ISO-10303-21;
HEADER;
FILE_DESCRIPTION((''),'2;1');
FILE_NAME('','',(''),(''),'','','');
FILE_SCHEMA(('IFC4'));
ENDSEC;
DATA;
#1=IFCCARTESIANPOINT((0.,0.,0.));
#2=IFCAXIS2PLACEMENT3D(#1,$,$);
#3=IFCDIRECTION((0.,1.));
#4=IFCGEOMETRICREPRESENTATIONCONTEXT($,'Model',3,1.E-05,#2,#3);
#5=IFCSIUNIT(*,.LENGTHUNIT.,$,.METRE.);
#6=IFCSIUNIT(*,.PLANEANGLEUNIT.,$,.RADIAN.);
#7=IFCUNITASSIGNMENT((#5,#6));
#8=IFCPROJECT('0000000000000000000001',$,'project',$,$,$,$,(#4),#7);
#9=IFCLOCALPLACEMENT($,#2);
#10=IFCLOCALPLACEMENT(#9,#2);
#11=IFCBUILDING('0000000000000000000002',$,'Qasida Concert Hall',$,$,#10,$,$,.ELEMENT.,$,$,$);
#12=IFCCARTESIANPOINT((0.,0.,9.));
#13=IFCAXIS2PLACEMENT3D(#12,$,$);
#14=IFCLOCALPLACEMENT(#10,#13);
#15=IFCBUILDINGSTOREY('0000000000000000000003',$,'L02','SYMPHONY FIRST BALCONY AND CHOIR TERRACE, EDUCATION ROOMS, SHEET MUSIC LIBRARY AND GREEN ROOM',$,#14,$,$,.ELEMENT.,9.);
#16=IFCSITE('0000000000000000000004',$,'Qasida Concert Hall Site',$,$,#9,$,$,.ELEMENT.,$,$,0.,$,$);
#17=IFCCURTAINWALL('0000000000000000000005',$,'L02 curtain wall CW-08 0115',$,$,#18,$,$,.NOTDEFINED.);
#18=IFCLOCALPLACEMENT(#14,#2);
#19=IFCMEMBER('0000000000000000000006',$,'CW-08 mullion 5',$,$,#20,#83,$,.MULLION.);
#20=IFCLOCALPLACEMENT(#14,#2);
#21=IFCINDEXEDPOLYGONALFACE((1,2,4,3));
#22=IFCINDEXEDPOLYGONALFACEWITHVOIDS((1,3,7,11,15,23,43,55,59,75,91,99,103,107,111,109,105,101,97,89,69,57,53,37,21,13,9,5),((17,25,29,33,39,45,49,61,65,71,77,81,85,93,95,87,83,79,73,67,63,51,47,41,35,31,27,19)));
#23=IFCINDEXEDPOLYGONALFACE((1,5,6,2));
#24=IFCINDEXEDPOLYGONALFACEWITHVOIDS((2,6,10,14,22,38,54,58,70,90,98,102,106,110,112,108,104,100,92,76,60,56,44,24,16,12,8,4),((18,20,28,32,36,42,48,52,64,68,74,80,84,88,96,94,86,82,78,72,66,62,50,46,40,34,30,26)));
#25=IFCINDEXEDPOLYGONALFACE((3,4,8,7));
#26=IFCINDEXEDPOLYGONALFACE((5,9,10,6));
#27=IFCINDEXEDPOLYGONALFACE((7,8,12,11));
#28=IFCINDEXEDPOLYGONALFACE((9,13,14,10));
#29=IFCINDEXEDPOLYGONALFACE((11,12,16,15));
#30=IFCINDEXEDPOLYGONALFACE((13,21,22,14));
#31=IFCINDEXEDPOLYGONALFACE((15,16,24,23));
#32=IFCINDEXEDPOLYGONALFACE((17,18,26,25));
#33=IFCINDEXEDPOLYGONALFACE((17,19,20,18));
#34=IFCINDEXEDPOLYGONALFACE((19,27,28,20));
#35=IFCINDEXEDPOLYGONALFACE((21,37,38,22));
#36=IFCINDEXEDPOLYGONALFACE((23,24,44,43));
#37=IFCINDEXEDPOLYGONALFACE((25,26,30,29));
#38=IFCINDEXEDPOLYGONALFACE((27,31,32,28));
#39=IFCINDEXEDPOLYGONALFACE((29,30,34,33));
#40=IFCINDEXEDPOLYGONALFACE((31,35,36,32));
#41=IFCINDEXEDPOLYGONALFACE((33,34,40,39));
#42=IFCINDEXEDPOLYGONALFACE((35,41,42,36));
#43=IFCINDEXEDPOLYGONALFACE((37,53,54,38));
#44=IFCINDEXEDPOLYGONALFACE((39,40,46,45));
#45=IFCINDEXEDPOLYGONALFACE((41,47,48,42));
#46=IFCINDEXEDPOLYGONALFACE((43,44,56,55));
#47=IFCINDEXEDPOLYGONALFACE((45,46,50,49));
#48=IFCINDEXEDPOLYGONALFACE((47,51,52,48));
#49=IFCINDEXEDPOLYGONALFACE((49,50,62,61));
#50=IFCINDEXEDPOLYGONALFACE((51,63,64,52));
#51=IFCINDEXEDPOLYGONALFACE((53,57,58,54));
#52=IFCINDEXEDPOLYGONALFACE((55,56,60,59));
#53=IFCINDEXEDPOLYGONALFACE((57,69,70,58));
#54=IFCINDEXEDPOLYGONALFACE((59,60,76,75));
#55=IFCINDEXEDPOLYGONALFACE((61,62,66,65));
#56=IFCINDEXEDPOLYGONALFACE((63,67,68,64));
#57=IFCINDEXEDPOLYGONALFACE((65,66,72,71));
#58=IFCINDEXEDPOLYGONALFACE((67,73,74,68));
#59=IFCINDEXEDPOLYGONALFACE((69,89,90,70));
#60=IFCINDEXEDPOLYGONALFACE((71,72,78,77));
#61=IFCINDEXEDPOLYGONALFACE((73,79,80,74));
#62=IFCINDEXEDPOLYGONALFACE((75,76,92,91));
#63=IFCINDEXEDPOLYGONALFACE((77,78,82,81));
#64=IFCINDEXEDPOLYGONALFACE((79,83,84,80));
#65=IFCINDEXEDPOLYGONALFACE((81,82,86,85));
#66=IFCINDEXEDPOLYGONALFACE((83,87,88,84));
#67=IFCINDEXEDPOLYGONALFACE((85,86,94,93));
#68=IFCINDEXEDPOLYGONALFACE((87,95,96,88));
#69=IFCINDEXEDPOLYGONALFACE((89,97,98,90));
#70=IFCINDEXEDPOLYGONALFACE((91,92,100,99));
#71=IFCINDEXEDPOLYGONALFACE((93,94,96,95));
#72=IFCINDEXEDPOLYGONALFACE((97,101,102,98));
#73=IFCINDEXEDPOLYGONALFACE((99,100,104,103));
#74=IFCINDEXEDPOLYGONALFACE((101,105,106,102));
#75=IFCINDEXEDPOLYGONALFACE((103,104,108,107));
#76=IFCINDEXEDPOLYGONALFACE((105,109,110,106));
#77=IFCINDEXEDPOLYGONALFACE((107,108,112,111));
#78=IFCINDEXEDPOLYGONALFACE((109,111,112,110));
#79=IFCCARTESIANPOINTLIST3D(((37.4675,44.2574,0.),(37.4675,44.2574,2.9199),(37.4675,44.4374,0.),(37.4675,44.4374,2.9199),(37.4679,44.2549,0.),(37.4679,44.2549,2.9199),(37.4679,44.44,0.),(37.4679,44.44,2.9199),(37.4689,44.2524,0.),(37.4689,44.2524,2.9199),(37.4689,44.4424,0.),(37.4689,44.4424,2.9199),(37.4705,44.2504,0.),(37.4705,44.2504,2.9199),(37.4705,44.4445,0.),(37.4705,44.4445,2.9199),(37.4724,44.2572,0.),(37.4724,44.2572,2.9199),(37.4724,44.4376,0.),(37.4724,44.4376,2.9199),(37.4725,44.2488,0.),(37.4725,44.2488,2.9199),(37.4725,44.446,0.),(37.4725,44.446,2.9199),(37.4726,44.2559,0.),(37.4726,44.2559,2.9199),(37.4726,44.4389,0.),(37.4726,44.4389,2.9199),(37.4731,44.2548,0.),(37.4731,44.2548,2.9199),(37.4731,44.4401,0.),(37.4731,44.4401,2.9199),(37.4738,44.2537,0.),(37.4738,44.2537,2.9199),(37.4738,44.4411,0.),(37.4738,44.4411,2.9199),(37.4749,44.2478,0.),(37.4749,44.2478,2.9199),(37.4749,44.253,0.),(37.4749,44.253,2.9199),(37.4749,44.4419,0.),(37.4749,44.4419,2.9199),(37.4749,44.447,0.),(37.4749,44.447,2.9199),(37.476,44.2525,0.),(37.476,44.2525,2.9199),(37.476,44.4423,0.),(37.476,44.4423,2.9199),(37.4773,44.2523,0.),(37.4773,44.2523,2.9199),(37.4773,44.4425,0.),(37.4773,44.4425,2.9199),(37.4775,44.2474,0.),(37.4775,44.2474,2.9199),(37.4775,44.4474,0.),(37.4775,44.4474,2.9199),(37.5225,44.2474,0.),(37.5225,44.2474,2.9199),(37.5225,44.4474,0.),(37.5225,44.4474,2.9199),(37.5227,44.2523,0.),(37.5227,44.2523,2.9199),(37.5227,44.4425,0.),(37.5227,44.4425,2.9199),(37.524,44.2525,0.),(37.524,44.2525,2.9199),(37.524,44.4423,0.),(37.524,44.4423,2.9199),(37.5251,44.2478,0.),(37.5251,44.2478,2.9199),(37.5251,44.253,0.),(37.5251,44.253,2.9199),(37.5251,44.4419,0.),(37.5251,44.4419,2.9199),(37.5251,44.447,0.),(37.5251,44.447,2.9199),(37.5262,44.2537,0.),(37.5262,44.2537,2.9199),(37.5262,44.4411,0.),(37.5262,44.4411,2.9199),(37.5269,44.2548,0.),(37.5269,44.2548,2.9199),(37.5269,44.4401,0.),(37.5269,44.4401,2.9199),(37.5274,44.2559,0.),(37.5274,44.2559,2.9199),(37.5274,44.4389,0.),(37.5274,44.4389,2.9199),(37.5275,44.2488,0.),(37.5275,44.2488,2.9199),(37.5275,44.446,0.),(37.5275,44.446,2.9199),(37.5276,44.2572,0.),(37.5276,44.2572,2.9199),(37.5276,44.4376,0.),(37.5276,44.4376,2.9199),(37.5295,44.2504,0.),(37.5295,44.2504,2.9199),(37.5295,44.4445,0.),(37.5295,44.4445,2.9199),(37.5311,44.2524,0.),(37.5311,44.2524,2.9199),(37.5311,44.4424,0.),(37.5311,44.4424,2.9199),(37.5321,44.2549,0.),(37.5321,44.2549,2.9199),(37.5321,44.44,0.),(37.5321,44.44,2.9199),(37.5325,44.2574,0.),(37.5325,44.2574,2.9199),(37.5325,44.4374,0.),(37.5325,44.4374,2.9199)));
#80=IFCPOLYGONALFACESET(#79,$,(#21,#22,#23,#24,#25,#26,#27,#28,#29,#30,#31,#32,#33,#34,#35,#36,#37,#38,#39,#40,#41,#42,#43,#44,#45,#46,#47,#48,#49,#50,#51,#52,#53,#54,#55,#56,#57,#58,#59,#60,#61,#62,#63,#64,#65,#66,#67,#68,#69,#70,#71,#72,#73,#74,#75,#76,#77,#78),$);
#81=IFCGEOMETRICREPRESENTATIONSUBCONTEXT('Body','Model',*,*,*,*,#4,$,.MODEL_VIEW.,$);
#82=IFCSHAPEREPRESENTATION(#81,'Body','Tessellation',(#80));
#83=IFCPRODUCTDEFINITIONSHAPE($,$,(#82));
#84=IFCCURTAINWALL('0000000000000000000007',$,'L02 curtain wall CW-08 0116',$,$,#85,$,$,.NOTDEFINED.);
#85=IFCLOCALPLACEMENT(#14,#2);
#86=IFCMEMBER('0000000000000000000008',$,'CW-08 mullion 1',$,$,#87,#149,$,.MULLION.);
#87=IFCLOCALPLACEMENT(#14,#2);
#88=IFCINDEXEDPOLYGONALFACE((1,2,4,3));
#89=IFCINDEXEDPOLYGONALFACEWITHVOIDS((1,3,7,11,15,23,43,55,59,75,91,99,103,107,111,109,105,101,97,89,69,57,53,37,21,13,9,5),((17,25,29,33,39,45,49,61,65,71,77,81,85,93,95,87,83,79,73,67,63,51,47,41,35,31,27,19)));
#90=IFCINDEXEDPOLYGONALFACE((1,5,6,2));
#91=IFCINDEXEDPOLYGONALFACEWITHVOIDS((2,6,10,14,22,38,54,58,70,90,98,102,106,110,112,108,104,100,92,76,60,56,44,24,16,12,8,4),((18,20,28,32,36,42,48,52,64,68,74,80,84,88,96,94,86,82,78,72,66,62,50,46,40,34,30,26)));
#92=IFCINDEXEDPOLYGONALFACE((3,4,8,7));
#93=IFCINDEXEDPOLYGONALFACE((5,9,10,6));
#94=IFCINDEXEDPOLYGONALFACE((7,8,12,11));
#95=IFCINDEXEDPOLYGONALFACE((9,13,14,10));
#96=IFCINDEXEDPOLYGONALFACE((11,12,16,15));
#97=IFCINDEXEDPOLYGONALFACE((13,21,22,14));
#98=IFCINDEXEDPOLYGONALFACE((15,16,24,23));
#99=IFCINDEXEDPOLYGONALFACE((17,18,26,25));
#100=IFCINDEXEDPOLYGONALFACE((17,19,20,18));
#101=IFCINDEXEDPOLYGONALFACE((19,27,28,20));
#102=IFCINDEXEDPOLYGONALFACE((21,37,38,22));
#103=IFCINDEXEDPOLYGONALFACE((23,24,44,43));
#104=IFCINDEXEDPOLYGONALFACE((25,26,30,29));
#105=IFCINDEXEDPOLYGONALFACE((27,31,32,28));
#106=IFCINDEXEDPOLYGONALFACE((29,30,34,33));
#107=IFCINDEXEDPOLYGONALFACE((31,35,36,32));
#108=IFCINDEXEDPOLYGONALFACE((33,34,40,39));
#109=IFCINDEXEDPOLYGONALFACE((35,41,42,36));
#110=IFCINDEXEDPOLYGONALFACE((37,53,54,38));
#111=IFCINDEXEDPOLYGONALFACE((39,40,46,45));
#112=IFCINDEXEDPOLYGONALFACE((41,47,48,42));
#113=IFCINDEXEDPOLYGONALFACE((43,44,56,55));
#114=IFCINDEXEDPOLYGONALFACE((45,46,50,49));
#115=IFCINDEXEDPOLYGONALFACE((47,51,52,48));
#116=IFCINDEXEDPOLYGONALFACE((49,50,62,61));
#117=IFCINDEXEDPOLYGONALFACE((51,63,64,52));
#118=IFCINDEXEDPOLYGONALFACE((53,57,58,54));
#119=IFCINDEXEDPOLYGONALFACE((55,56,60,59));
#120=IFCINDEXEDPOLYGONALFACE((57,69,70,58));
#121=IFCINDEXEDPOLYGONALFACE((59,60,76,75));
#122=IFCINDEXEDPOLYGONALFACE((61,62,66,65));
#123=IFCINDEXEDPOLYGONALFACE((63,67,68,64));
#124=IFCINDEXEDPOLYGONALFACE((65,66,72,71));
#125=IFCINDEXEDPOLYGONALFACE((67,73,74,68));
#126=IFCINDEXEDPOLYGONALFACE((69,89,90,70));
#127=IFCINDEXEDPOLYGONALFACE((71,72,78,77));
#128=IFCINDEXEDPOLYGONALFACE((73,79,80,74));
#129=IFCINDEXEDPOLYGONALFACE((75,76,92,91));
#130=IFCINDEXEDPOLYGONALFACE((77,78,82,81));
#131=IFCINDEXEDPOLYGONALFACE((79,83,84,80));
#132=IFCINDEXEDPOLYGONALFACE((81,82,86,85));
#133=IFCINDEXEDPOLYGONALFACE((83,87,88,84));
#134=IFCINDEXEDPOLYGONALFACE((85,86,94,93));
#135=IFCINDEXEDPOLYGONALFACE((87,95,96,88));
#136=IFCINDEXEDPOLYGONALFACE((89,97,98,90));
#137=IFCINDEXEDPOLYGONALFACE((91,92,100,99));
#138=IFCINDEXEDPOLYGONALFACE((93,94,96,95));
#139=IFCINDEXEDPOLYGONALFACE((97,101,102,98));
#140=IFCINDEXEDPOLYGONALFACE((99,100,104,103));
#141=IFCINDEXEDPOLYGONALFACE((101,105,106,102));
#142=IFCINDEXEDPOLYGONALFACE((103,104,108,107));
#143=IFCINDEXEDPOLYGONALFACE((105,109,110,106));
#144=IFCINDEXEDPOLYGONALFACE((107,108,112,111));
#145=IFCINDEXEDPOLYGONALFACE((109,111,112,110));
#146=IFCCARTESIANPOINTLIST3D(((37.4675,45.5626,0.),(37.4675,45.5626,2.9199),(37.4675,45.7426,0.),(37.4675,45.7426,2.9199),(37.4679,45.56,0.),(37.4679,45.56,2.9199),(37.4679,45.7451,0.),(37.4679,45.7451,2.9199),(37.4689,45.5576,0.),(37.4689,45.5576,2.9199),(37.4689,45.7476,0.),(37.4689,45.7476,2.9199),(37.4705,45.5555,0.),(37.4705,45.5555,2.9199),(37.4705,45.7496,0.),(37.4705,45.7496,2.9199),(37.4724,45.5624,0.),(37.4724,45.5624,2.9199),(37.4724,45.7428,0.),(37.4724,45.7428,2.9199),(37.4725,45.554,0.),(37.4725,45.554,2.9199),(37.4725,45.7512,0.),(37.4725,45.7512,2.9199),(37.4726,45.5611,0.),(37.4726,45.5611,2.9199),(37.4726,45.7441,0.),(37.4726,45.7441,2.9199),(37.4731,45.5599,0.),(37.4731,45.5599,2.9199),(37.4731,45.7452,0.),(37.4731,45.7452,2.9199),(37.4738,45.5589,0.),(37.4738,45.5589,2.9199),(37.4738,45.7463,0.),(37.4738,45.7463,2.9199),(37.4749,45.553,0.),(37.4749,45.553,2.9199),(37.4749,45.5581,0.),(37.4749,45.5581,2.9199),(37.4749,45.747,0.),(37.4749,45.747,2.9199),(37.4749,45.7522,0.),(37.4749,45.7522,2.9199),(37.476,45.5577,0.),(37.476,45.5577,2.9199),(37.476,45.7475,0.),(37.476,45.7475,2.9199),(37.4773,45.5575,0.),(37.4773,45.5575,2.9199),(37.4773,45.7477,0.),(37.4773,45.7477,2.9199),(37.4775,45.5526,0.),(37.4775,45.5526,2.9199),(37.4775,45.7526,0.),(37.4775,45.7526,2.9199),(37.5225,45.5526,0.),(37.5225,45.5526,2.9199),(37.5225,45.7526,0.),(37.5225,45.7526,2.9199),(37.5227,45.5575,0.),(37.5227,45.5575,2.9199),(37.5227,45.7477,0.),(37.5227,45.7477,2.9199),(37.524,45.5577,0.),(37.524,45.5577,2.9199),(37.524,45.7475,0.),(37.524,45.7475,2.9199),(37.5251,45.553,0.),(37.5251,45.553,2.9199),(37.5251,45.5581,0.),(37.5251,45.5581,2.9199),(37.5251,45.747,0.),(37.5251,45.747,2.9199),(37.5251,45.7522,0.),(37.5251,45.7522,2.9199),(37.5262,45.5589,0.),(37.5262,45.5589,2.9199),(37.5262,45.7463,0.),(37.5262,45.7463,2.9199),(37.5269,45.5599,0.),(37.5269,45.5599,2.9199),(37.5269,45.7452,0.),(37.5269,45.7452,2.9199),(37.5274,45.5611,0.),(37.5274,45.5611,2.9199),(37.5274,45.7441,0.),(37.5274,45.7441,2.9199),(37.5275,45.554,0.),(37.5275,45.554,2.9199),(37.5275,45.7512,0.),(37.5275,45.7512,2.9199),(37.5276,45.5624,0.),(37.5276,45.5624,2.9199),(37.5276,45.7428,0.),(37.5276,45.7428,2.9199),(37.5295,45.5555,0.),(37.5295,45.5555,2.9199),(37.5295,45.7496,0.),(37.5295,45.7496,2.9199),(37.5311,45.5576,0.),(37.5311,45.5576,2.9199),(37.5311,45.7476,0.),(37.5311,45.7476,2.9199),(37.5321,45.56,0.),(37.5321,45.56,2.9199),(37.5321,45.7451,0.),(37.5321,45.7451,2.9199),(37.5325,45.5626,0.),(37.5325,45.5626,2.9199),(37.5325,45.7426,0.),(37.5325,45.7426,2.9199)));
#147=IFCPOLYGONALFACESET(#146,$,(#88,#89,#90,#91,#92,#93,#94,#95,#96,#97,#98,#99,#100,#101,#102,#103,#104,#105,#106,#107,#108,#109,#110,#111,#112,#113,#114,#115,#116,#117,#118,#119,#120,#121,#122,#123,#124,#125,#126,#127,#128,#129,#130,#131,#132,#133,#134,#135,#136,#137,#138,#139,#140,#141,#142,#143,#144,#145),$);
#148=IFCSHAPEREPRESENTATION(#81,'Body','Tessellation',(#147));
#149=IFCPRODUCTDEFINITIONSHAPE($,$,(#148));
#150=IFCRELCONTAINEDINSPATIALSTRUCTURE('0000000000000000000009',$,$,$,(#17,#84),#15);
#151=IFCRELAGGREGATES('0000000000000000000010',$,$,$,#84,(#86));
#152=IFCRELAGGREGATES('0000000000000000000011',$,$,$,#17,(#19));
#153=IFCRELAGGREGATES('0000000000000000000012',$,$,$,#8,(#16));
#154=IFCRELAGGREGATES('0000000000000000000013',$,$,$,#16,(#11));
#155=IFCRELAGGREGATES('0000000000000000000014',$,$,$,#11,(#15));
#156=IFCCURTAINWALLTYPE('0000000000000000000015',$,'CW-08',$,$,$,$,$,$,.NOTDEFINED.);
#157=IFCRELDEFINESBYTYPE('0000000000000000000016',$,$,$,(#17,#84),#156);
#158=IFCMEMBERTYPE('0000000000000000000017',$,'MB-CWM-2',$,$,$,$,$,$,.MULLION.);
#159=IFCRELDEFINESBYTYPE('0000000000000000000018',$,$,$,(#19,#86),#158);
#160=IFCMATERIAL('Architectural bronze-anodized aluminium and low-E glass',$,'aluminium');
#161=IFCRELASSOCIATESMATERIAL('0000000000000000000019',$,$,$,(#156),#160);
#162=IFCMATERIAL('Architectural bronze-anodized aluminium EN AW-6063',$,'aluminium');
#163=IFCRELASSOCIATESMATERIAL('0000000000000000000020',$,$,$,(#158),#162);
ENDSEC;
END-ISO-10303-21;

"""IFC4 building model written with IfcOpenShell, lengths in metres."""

from ifc_helpers import new_model, si_unit, direction, frame, origin, origin_2d, place, context, subcontext, project, spatial, hollow_rectangle, extrude, material, material_profile, profile_set, type_object, element, aggregate, save


model = new_model("IFC4")

# Units and contexts
model_context = context("Model", 3, precision=1e-05, world=origin(), true_north=direction((0.0, 1.0)))
body_context = subcontext(model_context, "Body", "Model", "MODEL_VIEW")
ifc_project = project(units=[si_unit("LENGTHUNIT", "METRE"), si_unit("PLANEANGLEUNIT", "RADIAN")], contexts=[model_context])

# Site, building, storey
site_placement = place(None, origin())
site = spatial("IfcSite", under=ifc_project, at=site_placement, Name="Qasida Concert Hall Site", CompositionType="ELEMENT", RefElevation=0.0)
building_placement = place(site_placement, origin())
building = spatial("IfcBuilding", under=site, at=building_placement, Name="Qasida Concert Hall", CompositionType="ELEMENT")
storey_placement = place(building_placement, frame((0.0, 0.0, 9.0)))
storey = spatial("IfcBuildingStorey", under=building, at=storey_placement, Name="L02", Description="SYMPHONY FIRST BALCONY AND CHOIR TERRACE, EDUCATION ROOMS, SHEET MUSIC LIBRARY AND GREEN ROOM", CompositionType="ELEMENT", Elevation=9.0)

# Curtain wall, member
ifc_material_1 = material(Name="Architectural bronze-anodized aluminium and low-E glass", Category="aluminium")
curtain_wall_type = type_object("IfcCurtainWallType", Name="CW-08", PredefinedType="NOTDEFINED", material=ifc_material_1)
curtain_wall_1_placement = place(storey_placement, origin())
curtain_wall_1 = element("IfcCurtainWall", 1, at=curtain_wall_1_placement, inside=storey, type_object=curtain_wall_type, Name="L02 curtain wall CW-08 0115", PredefinedType="NOTDEFINED")
ifc_material_2 = material(Name="Architectural bronze-anodized aluminium EN AW-6063", Category="aluminium")
ifc_material_profile_1 = material_profile(ifc_material_2, hollow_rectangle(XDim=0.0649, YDim=0.2, WallThickness=0.0049, InnerFilletRadius=0.0049, OuterFilletRadius=0.01, at=origin_2d()), Name="CWM 200x65x5")
ifc_profile_set_1 = profile_set([ifc_material_profile_1], Name="Architectural bronze-anodized aluminium EN AW-6063")
member_type_1 = type_object("IfcMemberType", Name="MB-CWM-2", PredefinedType="MULLION", material=ifc_profile_set_1)
member_1_placement = place(storey_placement, frame((37.5, 44.3474, 0.0), z_axis=(0.0, 0.0, 1.0), x_axis=(-1.0, 0.0, 0.0)))
member_1 = element("IfcMember", 2, at=member_1_placement, type_object=member_type_1, Name="CW-08 mullion 5", PredefinedType="MULLION", context=body_context, shape_type="SweptSolid", body=[
    extrude(hollow_rectangle(XDim=0.0649, YDim=0.2, WallThickness=0.0049, InnerFilletRadius=0.0049, OuterFilletRadius=0.01, at=origin_2d()), origin(), (0.0, 0.0, 1.0), 2.9199),
])

# Curtain wall, member
curtain_wall_2_placement = place(storey_placement, origin())
curtain_wall_2 = element("IfcCurtainWall", 3, at=curtain_wall_2_placement, inside=storey, type_object=curtain_wall_type, Name="L02 curtain wall CW-08 0116", PredefinedType="NOTDEFINED")
member_2_placement = place(storey_placement, frame((37.5, 45.6526, 0.0), z_axis=(0.0, 0.0, 1.0), x_axis=(-1.0, 0.0, 0.0)))
member_2 = element("IfcMember", 4, at=member_2_placement, type_object=member_type_1, Name="CW-08 mullion 1", PredefinedType="MULLION", context=body_context, shape_type="SweptSolid", body=[
    extrude(hollow_rectangle(XDim=0.0649, YDim=0.2, WallThickness=0.0049, InnerFilletRadius=0.0049, OuterFilletRadius=0.01, at=origin_2d()), origin(), (0.0, 0.0, 1.0), 2.9199),
])

aggregate(curtain_wall_2, [member_2])

aggregate(curtain_wall_1, [member_1])

save(model, "model.ifc")
